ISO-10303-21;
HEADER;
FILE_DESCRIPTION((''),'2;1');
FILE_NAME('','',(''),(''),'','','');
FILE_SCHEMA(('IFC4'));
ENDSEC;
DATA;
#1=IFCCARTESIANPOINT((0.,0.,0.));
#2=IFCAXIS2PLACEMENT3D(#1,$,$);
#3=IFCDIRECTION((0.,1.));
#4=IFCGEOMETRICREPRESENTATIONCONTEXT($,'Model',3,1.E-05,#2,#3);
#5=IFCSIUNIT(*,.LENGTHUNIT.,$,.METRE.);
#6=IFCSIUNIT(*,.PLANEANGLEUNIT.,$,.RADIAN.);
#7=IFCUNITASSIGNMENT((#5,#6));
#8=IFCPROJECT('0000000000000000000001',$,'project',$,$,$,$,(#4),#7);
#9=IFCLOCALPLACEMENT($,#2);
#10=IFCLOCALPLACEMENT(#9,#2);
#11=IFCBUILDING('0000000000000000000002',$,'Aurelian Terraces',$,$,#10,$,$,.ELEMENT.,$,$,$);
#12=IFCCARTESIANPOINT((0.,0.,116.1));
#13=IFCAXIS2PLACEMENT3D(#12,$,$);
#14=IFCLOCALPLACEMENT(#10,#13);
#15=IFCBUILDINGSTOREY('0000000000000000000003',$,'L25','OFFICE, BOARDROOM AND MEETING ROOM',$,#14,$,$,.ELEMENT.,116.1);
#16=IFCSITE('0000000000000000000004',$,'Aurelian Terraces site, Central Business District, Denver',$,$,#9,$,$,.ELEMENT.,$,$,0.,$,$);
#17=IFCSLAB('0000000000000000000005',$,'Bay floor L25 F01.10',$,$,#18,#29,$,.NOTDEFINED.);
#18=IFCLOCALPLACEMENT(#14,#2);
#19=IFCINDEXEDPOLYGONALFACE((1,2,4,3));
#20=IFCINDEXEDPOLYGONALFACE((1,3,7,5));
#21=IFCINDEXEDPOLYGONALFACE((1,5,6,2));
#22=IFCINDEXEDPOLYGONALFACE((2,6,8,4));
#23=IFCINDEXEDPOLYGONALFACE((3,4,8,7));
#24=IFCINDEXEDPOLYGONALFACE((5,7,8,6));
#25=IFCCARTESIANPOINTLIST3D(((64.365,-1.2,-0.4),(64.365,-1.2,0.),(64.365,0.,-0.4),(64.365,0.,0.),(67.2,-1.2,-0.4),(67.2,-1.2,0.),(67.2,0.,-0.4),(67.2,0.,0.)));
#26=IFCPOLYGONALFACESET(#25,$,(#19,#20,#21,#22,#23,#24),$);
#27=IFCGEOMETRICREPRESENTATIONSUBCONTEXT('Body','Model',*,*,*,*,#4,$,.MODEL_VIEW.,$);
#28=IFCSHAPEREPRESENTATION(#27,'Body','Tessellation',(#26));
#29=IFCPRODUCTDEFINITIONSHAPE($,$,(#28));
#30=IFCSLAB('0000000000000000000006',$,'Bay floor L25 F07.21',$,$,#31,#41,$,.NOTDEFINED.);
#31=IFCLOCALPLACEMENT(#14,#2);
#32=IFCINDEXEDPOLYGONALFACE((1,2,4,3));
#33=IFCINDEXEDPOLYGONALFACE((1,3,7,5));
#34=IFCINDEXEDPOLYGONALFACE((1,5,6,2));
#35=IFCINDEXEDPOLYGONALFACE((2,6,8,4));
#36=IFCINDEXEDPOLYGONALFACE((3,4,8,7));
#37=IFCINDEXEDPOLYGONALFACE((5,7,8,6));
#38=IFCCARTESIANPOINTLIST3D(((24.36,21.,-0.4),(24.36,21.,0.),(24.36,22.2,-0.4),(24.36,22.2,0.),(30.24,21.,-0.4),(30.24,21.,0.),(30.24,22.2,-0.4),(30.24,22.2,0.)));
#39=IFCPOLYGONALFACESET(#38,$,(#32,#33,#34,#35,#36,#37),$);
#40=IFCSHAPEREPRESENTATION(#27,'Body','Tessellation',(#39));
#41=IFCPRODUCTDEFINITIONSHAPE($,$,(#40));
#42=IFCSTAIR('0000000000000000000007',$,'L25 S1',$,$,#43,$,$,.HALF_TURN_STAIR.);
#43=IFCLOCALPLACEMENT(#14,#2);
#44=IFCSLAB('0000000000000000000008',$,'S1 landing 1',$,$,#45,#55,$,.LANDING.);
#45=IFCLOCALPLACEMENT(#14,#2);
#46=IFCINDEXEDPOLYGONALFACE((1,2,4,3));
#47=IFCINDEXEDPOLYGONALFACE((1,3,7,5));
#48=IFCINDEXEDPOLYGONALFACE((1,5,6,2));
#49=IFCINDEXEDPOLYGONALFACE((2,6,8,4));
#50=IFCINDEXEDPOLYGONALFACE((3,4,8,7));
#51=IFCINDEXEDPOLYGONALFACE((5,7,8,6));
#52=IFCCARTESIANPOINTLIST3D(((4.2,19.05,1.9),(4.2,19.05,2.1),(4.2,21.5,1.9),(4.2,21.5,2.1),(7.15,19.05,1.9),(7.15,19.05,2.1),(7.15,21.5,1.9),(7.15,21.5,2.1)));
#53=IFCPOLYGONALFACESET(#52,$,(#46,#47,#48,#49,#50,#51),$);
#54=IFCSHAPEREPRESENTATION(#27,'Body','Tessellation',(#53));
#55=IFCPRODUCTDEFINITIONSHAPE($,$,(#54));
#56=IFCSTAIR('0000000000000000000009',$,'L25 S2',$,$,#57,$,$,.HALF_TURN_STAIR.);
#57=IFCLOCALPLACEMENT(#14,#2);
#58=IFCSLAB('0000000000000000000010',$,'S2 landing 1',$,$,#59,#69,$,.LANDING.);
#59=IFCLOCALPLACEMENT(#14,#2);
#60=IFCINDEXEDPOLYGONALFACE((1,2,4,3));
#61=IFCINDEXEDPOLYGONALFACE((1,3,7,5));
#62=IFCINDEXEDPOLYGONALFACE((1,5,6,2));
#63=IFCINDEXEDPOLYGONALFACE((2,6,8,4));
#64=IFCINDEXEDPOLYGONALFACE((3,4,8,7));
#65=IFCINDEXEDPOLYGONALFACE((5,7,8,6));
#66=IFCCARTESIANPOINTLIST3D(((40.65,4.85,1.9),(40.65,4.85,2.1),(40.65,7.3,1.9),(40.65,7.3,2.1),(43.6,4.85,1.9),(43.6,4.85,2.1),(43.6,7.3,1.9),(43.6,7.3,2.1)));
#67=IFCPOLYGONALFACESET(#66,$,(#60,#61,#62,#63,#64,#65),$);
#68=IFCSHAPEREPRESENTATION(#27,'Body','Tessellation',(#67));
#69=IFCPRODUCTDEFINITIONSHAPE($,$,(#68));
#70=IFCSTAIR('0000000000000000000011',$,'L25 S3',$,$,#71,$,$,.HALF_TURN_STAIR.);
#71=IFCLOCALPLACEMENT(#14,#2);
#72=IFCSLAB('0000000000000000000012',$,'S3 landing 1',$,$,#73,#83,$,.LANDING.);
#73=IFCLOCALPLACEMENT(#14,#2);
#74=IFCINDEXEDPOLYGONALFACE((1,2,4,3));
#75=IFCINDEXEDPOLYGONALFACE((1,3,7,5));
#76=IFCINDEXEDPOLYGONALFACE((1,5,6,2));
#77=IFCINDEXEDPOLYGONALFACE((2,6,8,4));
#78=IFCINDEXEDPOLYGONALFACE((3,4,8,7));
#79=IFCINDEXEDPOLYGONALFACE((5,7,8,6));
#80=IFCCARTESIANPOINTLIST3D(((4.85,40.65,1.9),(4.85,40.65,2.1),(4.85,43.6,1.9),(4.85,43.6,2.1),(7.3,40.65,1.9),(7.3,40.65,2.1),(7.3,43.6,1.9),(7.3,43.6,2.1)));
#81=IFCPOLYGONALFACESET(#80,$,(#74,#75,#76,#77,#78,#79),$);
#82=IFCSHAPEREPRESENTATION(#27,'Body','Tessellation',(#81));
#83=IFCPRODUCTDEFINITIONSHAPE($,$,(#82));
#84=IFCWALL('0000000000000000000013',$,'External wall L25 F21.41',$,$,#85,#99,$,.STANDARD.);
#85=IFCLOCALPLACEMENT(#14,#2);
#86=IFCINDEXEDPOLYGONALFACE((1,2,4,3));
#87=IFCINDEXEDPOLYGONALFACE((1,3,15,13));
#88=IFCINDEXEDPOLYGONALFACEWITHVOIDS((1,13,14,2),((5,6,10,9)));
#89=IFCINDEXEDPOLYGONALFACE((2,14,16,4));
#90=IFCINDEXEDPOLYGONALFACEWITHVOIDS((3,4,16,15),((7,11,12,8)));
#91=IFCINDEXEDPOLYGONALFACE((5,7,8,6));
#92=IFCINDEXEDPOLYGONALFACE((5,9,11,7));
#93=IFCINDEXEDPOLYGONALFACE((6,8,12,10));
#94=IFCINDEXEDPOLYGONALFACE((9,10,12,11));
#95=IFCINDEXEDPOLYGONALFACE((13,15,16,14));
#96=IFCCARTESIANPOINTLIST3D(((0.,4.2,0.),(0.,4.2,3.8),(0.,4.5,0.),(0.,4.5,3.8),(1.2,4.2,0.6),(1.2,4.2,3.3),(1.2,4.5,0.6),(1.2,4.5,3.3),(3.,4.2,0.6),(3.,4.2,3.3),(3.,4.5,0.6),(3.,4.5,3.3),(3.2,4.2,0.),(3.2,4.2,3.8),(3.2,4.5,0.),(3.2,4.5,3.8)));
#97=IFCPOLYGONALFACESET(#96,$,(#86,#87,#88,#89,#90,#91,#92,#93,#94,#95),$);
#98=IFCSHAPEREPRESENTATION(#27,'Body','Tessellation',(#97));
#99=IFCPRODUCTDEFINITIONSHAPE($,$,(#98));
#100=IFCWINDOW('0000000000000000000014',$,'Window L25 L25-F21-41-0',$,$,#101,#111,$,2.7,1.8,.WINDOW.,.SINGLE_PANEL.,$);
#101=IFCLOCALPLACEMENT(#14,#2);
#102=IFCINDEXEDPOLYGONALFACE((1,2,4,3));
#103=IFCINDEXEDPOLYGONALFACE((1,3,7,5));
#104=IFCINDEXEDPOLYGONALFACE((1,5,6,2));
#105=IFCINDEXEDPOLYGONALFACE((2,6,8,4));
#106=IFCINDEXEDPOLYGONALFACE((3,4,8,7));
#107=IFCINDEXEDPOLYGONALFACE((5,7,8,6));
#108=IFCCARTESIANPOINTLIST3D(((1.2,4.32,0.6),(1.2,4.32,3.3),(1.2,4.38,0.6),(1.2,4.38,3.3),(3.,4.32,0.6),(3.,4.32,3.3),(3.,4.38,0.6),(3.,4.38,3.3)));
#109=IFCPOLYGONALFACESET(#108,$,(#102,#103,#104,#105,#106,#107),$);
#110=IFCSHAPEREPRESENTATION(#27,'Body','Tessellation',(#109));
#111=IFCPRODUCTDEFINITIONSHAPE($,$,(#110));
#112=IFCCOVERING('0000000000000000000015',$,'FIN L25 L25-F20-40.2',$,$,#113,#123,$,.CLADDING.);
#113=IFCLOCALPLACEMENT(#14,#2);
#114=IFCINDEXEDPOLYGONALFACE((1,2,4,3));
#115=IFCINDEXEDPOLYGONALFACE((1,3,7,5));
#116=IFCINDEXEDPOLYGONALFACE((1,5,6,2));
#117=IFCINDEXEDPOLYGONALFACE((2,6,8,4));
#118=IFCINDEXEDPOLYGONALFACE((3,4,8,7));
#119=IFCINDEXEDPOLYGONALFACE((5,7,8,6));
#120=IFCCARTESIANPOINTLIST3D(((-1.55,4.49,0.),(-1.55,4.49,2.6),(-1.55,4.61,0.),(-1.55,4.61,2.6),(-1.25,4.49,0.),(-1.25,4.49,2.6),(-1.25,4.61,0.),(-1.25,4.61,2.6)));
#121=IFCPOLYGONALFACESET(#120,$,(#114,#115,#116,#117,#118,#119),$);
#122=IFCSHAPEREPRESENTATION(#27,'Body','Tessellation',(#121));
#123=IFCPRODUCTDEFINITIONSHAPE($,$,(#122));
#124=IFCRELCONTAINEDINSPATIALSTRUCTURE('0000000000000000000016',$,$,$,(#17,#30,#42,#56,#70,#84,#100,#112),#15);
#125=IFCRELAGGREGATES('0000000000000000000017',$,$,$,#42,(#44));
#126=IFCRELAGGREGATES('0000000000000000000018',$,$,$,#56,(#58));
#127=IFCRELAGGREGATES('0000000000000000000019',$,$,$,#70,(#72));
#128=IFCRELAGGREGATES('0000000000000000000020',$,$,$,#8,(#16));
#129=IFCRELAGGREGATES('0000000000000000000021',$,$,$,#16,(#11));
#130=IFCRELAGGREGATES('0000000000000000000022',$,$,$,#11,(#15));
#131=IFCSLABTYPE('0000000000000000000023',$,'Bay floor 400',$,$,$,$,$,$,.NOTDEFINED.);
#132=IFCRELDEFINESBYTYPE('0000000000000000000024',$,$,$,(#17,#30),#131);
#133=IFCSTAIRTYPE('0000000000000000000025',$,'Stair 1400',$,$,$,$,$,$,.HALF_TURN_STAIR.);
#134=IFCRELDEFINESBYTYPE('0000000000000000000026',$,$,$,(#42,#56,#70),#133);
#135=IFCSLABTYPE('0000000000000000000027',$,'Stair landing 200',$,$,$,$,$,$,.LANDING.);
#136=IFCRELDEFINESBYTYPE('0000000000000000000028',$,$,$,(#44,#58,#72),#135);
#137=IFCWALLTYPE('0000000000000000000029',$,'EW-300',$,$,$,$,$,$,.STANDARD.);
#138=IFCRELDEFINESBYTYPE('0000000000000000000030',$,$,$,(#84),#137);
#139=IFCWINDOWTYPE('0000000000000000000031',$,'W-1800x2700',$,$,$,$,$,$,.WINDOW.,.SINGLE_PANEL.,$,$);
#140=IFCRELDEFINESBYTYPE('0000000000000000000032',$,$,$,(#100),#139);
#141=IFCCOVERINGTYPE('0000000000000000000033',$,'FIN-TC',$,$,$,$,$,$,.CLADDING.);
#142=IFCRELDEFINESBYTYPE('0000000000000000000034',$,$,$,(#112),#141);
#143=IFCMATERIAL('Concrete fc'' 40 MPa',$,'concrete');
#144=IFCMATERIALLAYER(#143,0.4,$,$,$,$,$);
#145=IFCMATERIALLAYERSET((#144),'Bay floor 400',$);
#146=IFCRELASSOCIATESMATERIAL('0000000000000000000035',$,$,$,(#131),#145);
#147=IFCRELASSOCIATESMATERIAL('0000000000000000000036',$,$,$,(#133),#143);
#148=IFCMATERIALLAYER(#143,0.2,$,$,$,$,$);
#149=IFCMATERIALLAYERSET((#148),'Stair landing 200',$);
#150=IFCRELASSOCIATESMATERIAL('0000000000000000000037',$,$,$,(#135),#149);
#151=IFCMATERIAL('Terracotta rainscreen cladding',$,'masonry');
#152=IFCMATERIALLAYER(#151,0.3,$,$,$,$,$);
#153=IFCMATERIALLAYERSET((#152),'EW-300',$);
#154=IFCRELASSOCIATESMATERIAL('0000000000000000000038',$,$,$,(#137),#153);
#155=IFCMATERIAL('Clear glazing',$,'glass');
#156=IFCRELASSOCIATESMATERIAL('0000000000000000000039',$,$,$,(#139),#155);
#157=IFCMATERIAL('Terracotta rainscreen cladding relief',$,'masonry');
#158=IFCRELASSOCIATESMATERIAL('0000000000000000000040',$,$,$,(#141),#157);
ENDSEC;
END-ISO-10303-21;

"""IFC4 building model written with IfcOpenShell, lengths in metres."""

from ifc_helpers import new_model, si_unit, direction, frame, frame_2d, origin, origin_2d, place, context, subcontext, project, spatial, polyline, rectangle, outline, extrude, source, transform, mapped, material, layer, layer_set, type_object, element, fill, aggregate, save


model = new_model("IFC4")

# Units and contexts
model_context = context("Model", 3, precision=1e-05, world=origin(), true_north=direction((0.0, 1.0)))
body_context = subcontext(model_context, "Body", "Model", "MODEL_VIEW")
ifc_project = project(units=[si_unit("LENGTHUNIT", "METRE"), si_unit("PLANEANGLEUNIT", "RADIAN")], contexts=[model_context])

# Site, building, storey
site_placement = place(None, origin())
site = spatial("IfcSite", under=ifc_project, at=site_placement, Name="Aurelian Terraces site, Central Business District, Denver", CompositionType="ELEMENT", RefElevation=0.0)
building_placement = place(site_placement, origin())
building = spatial("IfcBuilding", under=site, at=building_placement, Name="Aurelian Terraces", CompositionType="ELEMENT")
storey_placement = place(building_placement, frame((0.0, 0.0, 116.1)))
storey = spatial("IfcBuildingStorey", under=building, at=storey_placement, Name="L25", Description="OFFICE, BOARDROOM AND MEETING ROOM", CompositionType="ELEMENT", Elevation=116.1)

# Slabs
ifc_material_1 = material(Name="Concrete fc' 40 MPa", Category="concrete")
ifc_layer_1 = layer(ifc_material_1, 0.4)
ifc_layer_set_1 = layer_set([ifc_layer_1], Name="Bay floor 400")
slab_type_1 = type_object("IfcSlabType", Name="Bay floor 400", PredefinedType="NOTDEFINED", material=ifc_layer_set_1)
shared_shape_1 = source(origin(), body_context, "Body", "SweptSolid", [
    extrude(outline(polyline([(64.365, 0.0), (67.2, 0.0), (67.2, -1.2), (64.365, -1.2), (64.365, 0.0)])), origin(), (0.0, 0.0, 1.0), 0.4),
])
slab_1_placement = place(storey_placement, frame((0.0, 0.0, -0.4)))
element("IfcSlab", 1, at=slab_1_placement, inside=storey, type_object=slab_type_1, Name="Bay floor L25 F01.10", PredefinedType="NOTDEFINED", context=body_context, shape_type="MappedRepresentation", body=[
    mapped(shared_shape_1, transform((0.0, 0.0, 0.0), scale=1.0)),
])
shared_shape_2 = source(origin(), body_context, "Body", "SweptSolid", [
    extrude(outline(polyline([(30.24, 21.0), (24.36, 21.0), (24.36, 22.2), (30.24, 22.2), (30.24, 21.0)])), origin(), (0.0, 0.0, 1.0), 0.4),
])
slab_2_placement = place(storey_placement, frame((0.0, 0.0, -0.4)))
element("IfcSlab", 2, at=slab_2_placement, inside=storey, type_object=slab_type_1, Name="Bay floor L25 F07.21", PredefinedType="NOTDEFINED", context=body_context, shape_type="MappedRepresentation", body=[
    mapped(shared_shape_2, transform((0.0, 0.0, 0.0), scale=1.0)),
])

# Stairs, slabs
stair_type = type_object("IfcStairType", Name="Stair 1400", PredefinedType="HALF_TURN_STAIR", material=ifc_material_1)
stair_1_placement = place(storey_placement, origin())
stair_1 = element("IfcStair", 3, at=stair_1_placement, inside=storey, type_object=stair_type, Name="L25 S1", PredefinedType="HALF_TURN_STAIR")
ifc_layer_2 = layer(ifc_material_1, 0.2)
ifc_layer_set_2 = layer_set([ifc_layer_2], Name="Stair landing 200")
slab_type_2 = type_object("IfcSlabType", Name="Stair landing 200", PredefinedType="LANDING", material=ifc_layer_set_2)
shared_shape_3 = source(origin(), body_context, "Body", "SweptSolid", [
    extrude(outline(polyline([(7.15, 19.05), (7.15, 21.5), (4.2, 21.5), (4.2, 19.05), (7.15, 19.05)])), origin(), (0.0, 0.0, 1.0), 0.2),
])
slab_3_placement = place(storey_placement, frame((0.0, 0.0, 1.9)))
slab_3 = element("IfcSlab", 4, at=slab_3_placement, type_object=slab_type_2, Name="S1 landing 1", PredefinedType="LANDING", context=body_context, shape_type="MappedRepresentation", body=[
    mapped(shared_shape_3, transform((0.0, 0.0, 0.0), scale=1.0)),
])
aggregate(stair_1, [slab_3])
stair_2_placement = place(storey_placement, origin())
stair_2 = element("IfcStair", 5, at=stair_2_placement, inside=storey, type_object=stair_type, Name="L25 S2", PredefinedType="HALF_TURN_STAIR")
shared_shape_4 = source(origin(), body_context, "Body", "SweptSolid", [
    extrude(outline(polyline([(43.6, 4.85), (43.6, 7.3), (40.65, 7.3), (40.65, 4.85), (43.6, 4.85)])), origin(), (0.0, 0.0, 1.0), 0.2),
])
slab_4_placement = place(storey_placement, frame((0.0, 0.0, 1.9)))
slab_4 = element("IfcSlab", 6, at=slab_4_placement, type_object=slab_type_2, Name="S2 landing 1", PredefinedType="LANDING", context=body_context, shape_type="MappedRepresentation", body=[
    mapped(shared_shape_4, transform((0.0, 0.0, 0.0), scale=1.0)),
])
aggregate(stair_2, [slab_4])
stair_3_placement = place(storey_placement, origin())
stair_3 = element("IfcStair", 7, at=stair_3_placement, inside=storey, type_object=stair_type, Name="L25 S3", PredefinedType="HALF_TURN_STAIR")
shared_shape_5 = source(origin(), body_context, "Body", "SweptSolid", [
    extrude(outline(polyline([(4.85, 40.65), (7.3, 40.65), (7.3, 43.6), (4.85, 43.6), (4.85, 40.65)])), origin(), (0.0, 0.0, 1.0), 0.2),
])
slab_5_placement = place(storey_placement, frame((0.0, 0.0, 1.9)))
slab_5 = element("IfcSlab", 8, at=slab_5_placement, type_object=slab_type_2, Name="S3 landing 1", PredefinedType="LANDING", context=body_context, shape_type="MappedRepresentation", body=[
    mapped(shared_shape_5, transform((0.0, 0.0, 0.0), scale=1.0)),
])
aggregate(stair_3, [slab_5])

# Wall, opening, window
ifc_material_2 = material(Name="Terracotta rainscreen cladding", Category="masonry")
ifc_layer_3 = layer(ifc_material_2, 0.3)
ifc_layer_set_3 = layer_set([ifc_layer_3], Name="EW-300")
wall_type = type_object("IfcWallType", Name="EW-300", PredefinedType="STANDARD", material=ifc_layer_set_3)
shared_shape_6 = source(origin(), body_context, "Body", "SweptSolid", [
    extrude(rectangle(XDim=3.2, YDim=0.3, at=frame_2d((1.6, 0.0))), origin(), (0.0, 0.0, 1.0), 3.8),
])
wall_placement = place(storey_placement, frame((0.0, 4.35, 0.0), z_axis=(0.0, 0.0, 1.0), x_axis=(1.0, 0.0, 0.0)))
wall = element("IfcWall", 9, at=wall_placement, inside=storey, type_object=wall_type, Name="External wall L25 F21.41", PredefinedType="STANDARD", context=body_context, shape_type="MappedRepresentation", body=[
    mapped(shared_shape_6, transform((0.0, 0.0, 0.0), scale=1.0)),
])
shared_shape_7 = source(origin(), body_context, "Body", "SweptSolid", [
    extrude(rectangle(XDim=1.8, YDim=2.7, at=frame_2d((0.9, 1.35))), frame((0.0, 0.16, 0.0), z_axis=(0.0, -1.0, 0.0), x_axis=(1.0, 0.0, 0.0)), (0.0, 0.0, 1.0), 0.32),
])
opening_placement = place(wall_placement, frame((1.2, 0.0, 0.6)))
opening = element("IfcOpeningElement", 10, at=opening_placement, cuts=wall, PredefinedType="OPENING", context=body_context, shape_type="MappedRepresentation", body=[
    mapped(shared_shape_7, transform((0.0, 0.0, 0.0), scale=1.0)),
])
ifc_material_3 = material(Name="Clear glazing", Category="glass")
window_type = type_object("IfcWindowType", Name="W-1800x2700", PartitioningType="SINGLE_PANEL", PredefinedType="WINDOW", material=ifc_material_3)
shared_shape_8 = source(origin(), body_context, "Body", "SweptSolid", [
    extrude(rectangle(XDim=1.8, YDim=2.7, at=frame_2d((0.9, 1.35))), frame((0.0, 0.03, 0.0), z_axis=(0.0, -1.0, 0.0), x_axis=(1.0, 0.0, 0.0)), (0.0, 0.0, 1.0), 0.06),
])
window_placement = place(opening_placement, origin())
window = element("IfcWindow", 11, at=window_placement, inside=storey, type_object=window_type, Name="Window L25 L25-F21-41-0", OverallHeight=2.7, OverallWidth=1.8, PartitioningType="SINGLE_PANEL", PredefinedType="WINDOW", context=body_context, shape_type="MappedRepresentation", body=[
    mapped(shared_shape_8, transform((0.0, 0.0, 0.0), scale=1.0)),
])
fill(opening, window)

# Covering
ifc_material_4 = material(Name="Terracotta rainscreen cladding relief", Category="masonry")
covering_type = type_object("IfcCoveringType", Name="FIN-TC", PredefinedType="CLADDING", material=ifc_material_4)
shared_shape_9 = source(origin(), body_context, "Body", "SweptSolid", [
    extrude(rectangle(XDim=0.3, YDim=0.12, at=origin_2d()), origin(), (0.0, 0.0, 1.0), 2.6),
])
covering_placement = place(storey_placement, frame((-1.4, 4.55, 0.0), z_axis=(0.0, 0.0, 1.0), x_axis=(1.0, 0.0, 0.0)))
element("IfcCovering", 12, at=covering_placement, inside=storey, type_object=covering_type, Name="FIN L25 L25-F20-40.2", PredefinedType="CLADDING", context=body_context, shape_type="MappedRepresentation", body=[
    mapped(shared_shape_9, transform((0.0, 0.0, 0.0), scale=1.0)),
])

save(model, "model.ifc")
